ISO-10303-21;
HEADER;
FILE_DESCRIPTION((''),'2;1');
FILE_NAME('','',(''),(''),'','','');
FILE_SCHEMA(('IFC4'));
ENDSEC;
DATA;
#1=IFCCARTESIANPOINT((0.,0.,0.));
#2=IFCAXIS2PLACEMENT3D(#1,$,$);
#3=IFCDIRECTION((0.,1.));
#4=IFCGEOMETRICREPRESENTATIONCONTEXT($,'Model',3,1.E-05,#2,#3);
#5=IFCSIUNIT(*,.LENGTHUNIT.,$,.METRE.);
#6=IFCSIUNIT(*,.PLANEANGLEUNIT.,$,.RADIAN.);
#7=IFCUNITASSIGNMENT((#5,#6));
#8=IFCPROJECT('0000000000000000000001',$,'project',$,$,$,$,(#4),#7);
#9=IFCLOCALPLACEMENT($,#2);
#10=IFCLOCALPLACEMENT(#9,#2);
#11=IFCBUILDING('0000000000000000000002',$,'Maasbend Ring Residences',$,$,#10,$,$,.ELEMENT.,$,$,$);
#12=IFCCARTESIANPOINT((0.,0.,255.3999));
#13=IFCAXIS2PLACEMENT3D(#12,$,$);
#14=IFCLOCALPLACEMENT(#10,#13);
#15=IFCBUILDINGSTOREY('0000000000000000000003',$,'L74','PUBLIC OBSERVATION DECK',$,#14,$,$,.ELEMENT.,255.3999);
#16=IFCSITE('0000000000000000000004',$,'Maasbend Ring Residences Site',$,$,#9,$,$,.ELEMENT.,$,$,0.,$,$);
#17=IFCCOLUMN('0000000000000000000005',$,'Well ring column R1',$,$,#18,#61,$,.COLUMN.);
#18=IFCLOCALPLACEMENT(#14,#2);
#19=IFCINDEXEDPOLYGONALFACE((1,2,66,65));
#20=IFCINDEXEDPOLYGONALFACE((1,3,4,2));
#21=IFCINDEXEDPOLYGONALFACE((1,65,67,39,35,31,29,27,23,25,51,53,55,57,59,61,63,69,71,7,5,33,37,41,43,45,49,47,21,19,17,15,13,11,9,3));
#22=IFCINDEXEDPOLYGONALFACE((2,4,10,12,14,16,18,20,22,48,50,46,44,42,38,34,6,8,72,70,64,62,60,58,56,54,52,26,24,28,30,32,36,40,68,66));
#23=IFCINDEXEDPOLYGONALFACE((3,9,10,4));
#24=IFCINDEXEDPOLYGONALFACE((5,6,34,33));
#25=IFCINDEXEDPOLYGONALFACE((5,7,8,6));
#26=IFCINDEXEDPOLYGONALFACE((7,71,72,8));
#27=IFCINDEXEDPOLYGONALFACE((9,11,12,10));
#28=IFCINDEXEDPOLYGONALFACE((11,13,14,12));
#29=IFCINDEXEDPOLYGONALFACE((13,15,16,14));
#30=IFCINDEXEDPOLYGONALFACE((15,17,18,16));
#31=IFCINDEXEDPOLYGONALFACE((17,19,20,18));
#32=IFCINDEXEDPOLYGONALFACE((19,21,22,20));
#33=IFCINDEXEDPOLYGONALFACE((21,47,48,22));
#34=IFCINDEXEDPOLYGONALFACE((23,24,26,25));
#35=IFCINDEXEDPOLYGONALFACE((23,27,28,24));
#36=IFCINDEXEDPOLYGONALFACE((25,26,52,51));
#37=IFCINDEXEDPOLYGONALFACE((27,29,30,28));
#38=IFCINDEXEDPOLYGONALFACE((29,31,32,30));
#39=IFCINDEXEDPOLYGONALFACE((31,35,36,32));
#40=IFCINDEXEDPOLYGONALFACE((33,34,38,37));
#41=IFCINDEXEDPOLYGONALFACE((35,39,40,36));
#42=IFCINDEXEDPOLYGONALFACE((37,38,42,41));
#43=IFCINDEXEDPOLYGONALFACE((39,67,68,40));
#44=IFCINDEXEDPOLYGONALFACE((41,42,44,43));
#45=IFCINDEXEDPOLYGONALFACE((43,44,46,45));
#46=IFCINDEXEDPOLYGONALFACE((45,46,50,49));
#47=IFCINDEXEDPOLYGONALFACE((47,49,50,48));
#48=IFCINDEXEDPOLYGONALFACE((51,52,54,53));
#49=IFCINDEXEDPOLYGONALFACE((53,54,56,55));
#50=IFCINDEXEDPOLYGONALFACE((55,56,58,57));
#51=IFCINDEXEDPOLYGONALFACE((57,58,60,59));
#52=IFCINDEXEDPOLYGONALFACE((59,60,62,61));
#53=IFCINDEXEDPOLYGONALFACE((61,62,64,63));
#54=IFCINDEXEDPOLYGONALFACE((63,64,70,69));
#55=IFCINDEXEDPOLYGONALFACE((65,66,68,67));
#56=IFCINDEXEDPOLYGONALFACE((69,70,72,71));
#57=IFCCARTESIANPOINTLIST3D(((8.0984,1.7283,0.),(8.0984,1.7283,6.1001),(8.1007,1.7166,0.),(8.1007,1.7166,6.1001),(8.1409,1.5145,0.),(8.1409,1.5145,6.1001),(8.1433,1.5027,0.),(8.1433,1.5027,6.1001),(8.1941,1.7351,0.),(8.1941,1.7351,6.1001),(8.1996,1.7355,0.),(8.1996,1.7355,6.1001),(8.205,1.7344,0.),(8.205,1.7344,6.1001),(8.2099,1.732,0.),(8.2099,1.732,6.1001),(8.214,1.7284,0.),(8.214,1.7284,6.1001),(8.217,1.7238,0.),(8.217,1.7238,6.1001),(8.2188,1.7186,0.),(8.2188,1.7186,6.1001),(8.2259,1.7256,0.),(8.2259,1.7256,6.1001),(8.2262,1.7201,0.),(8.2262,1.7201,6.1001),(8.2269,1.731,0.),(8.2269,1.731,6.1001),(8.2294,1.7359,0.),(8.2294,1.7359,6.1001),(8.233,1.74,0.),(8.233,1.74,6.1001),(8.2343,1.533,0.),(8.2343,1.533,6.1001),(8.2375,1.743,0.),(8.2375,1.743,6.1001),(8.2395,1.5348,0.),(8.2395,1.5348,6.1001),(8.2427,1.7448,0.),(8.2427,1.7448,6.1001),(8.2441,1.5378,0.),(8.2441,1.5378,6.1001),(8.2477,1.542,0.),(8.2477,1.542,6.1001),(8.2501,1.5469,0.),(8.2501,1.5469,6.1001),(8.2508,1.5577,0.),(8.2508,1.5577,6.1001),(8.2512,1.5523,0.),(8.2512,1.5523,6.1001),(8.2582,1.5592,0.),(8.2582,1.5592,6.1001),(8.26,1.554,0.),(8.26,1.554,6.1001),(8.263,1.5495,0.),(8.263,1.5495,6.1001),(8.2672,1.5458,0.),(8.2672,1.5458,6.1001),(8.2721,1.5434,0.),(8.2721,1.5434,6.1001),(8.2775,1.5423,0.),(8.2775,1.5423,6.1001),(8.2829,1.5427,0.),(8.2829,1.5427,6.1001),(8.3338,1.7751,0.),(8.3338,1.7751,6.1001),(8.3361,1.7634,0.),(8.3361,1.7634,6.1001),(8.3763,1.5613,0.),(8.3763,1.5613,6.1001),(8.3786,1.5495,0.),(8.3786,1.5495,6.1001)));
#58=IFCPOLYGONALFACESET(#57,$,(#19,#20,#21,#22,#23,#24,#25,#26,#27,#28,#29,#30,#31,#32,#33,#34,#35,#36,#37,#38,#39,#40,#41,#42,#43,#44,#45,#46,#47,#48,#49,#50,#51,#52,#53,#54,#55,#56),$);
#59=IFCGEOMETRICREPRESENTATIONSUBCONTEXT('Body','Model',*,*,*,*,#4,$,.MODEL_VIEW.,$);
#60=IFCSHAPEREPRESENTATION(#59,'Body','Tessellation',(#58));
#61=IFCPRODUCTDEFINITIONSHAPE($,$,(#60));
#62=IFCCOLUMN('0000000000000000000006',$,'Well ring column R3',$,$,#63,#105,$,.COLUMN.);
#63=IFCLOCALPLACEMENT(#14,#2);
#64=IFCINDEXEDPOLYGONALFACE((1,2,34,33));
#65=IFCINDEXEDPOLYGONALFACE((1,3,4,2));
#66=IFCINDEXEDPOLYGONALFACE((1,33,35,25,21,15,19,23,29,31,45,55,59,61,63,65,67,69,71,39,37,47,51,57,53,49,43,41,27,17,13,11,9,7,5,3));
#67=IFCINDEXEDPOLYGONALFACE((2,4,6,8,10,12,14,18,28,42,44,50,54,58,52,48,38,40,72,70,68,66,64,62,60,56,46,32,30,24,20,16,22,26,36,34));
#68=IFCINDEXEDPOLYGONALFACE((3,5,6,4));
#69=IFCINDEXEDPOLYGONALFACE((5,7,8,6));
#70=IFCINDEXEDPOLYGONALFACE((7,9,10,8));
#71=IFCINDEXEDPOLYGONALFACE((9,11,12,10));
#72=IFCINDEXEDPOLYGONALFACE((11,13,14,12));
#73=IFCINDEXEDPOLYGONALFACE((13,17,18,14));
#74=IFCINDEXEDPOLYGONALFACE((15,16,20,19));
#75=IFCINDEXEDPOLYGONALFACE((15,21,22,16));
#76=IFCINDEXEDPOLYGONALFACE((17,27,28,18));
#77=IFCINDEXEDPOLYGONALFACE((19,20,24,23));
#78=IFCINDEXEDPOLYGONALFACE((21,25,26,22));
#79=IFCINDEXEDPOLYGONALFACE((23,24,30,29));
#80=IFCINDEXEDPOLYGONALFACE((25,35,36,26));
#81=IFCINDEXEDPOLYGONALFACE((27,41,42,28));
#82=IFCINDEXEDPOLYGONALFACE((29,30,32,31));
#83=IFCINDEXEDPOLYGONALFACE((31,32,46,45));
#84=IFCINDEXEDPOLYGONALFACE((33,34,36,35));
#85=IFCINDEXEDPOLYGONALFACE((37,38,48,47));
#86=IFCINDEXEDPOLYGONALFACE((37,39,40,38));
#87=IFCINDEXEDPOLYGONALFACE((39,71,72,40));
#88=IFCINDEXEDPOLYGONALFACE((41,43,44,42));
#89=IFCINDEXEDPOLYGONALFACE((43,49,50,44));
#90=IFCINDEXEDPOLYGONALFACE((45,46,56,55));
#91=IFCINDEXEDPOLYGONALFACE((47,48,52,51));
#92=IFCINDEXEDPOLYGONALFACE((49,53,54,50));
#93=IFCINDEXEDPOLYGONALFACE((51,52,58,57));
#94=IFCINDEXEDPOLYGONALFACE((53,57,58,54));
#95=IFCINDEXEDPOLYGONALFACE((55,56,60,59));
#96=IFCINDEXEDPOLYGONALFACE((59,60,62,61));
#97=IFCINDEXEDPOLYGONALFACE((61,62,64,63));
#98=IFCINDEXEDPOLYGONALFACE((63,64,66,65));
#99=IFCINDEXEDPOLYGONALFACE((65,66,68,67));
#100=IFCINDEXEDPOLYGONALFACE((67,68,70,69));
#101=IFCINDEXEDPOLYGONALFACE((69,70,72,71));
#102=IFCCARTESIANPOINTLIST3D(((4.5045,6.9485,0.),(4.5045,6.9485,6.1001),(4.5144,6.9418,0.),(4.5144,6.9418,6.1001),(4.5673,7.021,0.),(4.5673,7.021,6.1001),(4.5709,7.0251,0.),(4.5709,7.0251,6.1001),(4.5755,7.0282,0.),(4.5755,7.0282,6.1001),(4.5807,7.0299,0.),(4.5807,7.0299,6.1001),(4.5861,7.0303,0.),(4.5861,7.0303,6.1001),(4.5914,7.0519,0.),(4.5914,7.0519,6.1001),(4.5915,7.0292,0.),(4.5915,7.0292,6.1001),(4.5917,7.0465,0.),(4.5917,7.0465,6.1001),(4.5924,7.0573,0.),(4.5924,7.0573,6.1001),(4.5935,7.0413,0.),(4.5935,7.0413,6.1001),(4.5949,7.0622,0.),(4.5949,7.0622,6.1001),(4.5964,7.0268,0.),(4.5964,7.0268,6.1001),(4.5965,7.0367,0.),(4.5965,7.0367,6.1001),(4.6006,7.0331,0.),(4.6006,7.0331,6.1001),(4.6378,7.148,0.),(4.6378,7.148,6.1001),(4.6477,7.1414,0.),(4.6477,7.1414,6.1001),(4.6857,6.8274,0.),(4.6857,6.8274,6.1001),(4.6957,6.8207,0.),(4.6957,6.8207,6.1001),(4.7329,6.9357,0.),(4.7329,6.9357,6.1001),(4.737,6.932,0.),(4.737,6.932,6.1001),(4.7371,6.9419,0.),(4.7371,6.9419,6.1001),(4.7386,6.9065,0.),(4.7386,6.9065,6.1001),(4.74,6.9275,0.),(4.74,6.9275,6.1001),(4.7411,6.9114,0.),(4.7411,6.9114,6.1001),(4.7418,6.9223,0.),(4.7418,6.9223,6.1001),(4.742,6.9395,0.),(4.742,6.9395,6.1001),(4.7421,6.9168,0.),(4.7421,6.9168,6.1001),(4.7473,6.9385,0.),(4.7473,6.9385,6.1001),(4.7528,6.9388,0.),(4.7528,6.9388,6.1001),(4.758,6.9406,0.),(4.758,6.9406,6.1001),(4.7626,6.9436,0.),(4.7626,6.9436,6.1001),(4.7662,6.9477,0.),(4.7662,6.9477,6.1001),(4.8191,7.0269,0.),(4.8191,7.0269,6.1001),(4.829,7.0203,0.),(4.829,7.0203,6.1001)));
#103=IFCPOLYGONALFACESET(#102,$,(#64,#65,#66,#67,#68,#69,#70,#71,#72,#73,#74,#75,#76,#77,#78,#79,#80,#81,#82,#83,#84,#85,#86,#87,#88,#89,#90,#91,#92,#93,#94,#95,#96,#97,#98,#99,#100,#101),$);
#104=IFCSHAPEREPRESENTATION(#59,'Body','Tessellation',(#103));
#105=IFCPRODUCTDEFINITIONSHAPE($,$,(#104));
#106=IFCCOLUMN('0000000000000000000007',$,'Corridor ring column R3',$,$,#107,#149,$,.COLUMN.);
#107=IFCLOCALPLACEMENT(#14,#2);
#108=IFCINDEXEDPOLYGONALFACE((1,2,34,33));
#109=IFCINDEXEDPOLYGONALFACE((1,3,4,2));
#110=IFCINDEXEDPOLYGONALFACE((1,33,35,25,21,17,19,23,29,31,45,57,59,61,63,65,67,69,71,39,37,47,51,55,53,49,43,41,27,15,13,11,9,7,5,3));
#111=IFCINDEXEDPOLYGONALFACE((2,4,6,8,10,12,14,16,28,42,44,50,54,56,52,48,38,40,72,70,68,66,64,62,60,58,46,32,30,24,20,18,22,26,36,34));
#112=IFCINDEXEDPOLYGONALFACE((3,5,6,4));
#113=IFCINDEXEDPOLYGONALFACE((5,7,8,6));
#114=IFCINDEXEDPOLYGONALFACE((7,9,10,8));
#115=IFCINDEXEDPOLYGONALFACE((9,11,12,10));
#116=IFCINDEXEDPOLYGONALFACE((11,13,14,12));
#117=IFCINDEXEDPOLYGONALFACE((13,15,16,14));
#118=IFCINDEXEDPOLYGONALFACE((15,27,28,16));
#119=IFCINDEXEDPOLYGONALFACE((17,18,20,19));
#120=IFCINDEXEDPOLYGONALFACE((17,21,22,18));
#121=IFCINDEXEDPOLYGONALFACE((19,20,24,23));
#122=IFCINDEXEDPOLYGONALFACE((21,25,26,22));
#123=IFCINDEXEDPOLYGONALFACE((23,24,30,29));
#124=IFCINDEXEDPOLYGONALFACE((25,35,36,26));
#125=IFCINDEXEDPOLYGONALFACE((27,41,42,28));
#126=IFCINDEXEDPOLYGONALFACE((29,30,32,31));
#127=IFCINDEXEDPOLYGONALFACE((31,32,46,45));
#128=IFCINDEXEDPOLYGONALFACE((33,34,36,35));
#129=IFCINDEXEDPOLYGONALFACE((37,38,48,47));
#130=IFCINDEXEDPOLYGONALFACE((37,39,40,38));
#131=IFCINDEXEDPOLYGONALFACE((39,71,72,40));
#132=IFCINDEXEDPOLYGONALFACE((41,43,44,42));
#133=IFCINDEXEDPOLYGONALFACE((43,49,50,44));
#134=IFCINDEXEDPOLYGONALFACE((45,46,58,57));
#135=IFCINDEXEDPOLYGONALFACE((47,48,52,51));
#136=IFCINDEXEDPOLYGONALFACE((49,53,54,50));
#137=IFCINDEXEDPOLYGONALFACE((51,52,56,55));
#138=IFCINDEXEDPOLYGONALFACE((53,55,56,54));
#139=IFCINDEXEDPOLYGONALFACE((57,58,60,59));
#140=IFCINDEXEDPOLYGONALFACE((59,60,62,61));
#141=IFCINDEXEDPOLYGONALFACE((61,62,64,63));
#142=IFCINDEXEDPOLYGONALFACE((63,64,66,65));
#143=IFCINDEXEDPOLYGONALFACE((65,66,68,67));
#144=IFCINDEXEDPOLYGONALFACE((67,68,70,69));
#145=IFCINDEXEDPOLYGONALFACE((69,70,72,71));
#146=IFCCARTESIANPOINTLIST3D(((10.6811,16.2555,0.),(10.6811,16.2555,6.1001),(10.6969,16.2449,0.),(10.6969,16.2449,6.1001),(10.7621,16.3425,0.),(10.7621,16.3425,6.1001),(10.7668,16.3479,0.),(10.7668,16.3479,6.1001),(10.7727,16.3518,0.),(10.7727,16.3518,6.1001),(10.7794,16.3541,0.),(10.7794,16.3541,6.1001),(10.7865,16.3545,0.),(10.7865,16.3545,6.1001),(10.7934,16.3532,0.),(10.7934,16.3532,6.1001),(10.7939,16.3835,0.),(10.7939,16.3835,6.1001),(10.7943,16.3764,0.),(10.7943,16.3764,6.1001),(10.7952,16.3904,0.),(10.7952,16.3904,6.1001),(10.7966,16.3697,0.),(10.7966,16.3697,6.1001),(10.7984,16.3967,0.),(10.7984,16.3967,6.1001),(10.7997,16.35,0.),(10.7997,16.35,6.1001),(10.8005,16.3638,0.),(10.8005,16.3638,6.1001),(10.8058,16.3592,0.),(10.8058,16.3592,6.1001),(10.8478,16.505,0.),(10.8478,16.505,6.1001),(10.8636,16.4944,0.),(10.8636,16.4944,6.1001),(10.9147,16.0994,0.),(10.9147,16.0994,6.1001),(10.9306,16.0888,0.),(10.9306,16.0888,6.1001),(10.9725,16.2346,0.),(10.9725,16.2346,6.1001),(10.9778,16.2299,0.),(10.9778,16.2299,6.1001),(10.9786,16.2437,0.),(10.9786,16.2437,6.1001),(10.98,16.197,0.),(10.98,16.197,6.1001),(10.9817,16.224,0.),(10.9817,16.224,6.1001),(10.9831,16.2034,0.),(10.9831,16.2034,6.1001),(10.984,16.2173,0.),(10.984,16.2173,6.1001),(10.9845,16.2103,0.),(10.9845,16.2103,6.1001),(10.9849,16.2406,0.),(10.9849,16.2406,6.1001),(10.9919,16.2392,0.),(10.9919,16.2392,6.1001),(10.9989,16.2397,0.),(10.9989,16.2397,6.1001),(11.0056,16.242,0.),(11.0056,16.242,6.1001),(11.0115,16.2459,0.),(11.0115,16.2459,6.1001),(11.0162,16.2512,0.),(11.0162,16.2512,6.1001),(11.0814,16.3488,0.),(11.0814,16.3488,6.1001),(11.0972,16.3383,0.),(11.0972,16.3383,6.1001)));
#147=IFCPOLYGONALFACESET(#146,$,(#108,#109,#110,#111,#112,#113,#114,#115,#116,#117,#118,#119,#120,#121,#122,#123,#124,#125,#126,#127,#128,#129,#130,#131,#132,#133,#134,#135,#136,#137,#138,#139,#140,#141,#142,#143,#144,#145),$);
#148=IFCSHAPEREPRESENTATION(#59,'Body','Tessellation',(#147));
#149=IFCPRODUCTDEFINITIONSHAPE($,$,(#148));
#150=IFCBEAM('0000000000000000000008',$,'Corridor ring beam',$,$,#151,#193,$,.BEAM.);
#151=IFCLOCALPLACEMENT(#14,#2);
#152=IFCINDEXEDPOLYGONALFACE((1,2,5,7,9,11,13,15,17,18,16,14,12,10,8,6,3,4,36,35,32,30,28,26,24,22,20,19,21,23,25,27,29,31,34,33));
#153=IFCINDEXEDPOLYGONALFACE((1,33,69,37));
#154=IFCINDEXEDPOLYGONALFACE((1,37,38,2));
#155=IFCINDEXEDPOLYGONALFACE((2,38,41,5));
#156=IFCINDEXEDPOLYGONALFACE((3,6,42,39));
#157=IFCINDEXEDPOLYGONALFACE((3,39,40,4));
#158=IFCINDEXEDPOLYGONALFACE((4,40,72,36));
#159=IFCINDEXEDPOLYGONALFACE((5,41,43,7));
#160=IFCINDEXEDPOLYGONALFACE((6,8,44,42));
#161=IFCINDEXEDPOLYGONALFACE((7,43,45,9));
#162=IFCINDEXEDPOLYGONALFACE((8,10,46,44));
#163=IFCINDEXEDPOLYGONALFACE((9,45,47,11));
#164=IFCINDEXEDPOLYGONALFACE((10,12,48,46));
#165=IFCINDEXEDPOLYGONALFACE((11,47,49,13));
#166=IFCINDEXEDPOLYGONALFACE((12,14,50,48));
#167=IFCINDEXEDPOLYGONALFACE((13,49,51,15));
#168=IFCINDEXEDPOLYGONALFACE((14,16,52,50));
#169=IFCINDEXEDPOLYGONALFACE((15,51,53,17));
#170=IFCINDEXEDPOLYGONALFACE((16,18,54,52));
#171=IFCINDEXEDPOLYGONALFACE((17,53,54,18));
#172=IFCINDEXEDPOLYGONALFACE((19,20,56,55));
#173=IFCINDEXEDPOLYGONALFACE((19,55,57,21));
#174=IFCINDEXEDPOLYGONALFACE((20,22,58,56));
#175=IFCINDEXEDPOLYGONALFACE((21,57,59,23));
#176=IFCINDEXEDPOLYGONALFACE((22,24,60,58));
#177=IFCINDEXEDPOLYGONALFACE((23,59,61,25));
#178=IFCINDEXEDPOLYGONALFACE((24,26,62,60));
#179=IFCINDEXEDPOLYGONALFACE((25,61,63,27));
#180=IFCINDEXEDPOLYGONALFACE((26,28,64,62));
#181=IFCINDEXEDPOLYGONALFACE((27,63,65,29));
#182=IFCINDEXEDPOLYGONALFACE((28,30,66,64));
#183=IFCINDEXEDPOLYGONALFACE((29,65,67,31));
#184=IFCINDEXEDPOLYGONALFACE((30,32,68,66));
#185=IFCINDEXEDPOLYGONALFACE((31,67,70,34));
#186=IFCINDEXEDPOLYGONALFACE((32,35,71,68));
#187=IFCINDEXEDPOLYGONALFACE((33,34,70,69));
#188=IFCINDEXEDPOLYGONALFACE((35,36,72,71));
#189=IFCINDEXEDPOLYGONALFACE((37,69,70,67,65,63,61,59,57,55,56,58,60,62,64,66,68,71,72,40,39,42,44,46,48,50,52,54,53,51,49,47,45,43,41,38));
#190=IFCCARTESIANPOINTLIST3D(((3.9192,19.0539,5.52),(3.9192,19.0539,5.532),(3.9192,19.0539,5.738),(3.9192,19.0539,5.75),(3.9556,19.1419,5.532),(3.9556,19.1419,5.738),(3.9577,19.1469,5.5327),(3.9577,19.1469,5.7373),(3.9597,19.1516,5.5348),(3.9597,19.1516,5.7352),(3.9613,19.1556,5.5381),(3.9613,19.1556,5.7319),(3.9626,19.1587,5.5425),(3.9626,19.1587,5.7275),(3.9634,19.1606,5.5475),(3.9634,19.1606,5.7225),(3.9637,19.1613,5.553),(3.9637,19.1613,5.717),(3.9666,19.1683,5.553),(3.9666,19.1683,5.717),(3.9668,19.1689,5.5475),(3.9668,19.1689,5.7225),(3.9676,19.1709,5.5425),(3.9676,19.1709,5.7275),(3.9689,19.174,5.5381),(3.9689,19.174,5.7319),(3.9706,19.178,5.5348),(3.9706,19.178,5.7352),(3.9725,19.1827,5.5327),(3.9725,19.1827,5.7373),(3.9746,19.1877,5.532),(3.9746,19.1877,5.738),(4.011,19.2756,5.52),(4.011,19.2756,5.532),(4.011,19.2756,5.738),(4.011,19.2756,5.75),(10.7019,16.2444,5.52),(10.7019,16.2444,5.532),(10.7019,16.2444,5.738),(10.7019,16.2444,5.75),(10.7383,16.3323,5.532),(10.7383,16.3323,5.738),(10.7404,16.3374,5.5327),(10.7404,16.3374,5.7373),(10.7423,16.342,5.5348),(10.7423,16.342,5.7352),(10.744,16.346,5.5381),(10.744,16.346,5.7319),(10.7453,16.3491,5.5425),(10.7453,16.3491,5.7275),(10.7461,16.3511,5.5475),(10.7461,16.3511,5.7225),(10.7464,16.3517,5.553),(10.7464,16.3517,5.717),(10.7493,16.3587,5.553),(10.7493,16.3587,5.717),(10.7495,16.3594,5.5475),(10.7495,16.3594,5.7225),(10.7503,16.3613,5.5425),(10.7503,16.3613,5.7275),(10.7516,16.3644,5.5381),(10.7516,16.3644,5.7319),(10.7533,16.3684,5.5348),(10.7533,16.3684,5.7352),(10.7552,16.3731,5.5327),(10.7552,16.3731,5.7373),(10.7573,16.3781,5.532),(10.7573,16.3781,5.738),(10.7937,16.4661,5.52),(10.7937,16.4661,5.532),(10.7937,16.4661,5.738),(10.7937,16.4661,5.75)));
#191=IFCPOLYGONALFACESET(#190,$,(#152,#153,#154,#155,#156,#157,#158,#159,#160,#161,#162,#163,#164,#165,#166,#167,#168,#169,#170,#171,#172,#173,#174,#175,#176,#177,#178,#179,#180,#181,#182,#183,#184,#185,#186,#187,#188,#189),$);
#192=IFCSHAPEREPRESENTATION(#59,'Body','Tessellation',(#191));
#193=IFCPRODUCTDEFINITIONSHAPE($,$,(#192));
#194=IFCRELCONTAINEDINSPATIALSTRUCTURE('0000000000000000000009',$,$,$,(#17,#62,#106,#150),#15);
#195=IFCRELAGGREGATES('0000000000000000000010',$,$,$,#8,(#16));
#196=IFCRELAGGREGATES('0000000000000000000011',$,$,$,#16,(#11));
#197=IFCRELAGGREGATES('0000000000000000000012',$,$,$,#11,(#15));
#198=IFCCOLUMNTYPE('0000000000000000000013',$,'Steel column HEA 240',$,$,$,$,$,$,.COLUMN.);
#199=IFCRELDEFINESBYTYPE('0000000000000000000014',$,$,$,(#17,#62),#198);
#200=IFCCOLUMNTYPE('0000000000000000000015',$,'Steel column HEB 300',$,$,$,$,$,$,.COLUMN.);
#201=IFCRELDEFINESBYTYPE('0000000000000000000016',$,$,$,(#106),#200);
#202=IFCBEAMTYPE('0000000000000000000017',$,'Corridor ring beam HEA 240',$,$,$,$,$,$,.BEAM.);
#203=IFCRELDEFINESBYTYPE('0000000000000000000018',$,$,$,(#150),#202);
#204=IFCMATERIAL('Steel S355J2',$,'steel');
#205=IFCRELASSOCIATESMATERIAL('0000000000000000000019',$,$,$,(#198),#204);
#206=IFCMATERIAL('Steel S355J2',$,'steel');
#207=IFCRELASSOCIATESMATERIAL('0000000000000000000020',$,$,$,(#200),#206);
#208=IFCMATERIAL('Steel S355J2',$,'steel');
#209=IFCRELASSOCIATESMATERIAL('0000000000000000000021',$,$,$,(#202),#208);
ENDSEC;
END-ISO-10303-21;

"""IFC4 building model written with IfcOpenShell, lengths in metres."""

from ifc_helpers import new_model, si_unit, direction, frame, origin, origin_2d, place, context, subcontext, project, spatial, i_section, extrude, material, material_profile, profile_set, type_object, element, save


model = new_model("IFC4")

# Units and contexts
model_context = context("Model", 3, precision=1e-05, world=origin(), true_north=direction((0.0, 1.0)))
body_context = subcontext(model_context, "Body", "Model", "MODEL_VIEW")
ifc_project = project(units=[si_unit("LENGTHUNIT", "METRE"), si_unit("PLANEANGLEUNIT", "RADIAN")], contexts=[model_context])

# Site, building, storey
site_placement = place(None, origin())
site = spatial("IfcSite", under=ifc_project, at=site_placement, Name="Maasbend Ring Residences Site", CompositionType="ELEMENT", RefElevation=0.0)
building_placement = place(site_placement, origin())
building = spatial("IfcBuilding", under=site, at=building_placement, Name="Maasbend Ring Residences", CompositionType="ELEMENT")
storey_placement = place(building_placement, frame((0.0, 0.0, 255.3999)))
storey = spatial("IfcBuildingStorey", under=building, at=storey_placement, Name="L74", Description="PUBLIC OBSERVATION DECK", CompositionType="ELEMENT", Elevation=255.3999)

# Columns
ifc_material_1 = material(Name="Steel S355J2", Category="steel")
ifc_material_profile_1 = material_profile(ifc_material_1, i_section(OverallWidth=0.24, OverallDepth=0.23, WebThickness=0.0076, FlangeThickness=0.012, FilletRadius=0.021, at=origin_2d()), Name="HEA 240")
ifc_profile_set_1 = profile_set([ifc_material_profile_1], Name="Steel S355J2")
column_type_1 = type_object("IfcColumnType", Name="Steel column HEA 240", PredefinedType="COLUMN", material=ifc_profile_set_1)
for number, where, z_axis, x_axis, name in (
    (1, (8.2385, 1.6389, 0.0), (0.0, 0.0, 1.0), (0.980785, 0.19509, 0.0), "Well ring column R1"),
    (2, (4.6667, 6.9844, 0.0), (0.0, 0.0, 1.0), (0.55557, 0.83147, 0.0), "Well ring column R3"),
):
    element("IfcColumn", number, at=place(storey_placement, frame(where, z_axis=z_axis, x_axis=x_axis)), inside=storey, type_object=column_type_1, Name=name, PredefinedType="COLUMN", context=body_context, shape_type="SweptSolid", body=[
        extrude(i_section(OverallWidth=0.24, OverallDepth=0.23, WebThickness=0.0076, FlangeThickness=0.012, FilletRadius=0.021, at=origin_2d()), origin(), (0.0, 0.0, 1.0), 6.1001),
    ])
ifc_material_2 = material(Name="Steel S355J2", Category="steel")
ifc_material_profile_2 = material_profile(ifc_material_2, i_section(OverallWidth=0.3, OverallDepth=0.3, WebThickness=0.011, FlangeThickness=0.019, FilletRadius=0.0271, at=origin_2d()), Name="HEB 300")
ifc_profile_set_2 = profile_set([ifc_material_profile_2], Name="Steel S355J2")
column_type_2 = type_object("IfcColumnType", Name="Steel column HEB 300", PredefinedType="COLUMN", material=ifc_profile_set_2)
column_placement = place(storey_placement, frame((10.8892, 16.2969, 0.0), z_axis=(0.0, 0.0, 1.0), x_axis=(0.55557, 0.83147, 0.0)))
element("IfcColumn", 3, at=column_placement, inside=storey, type_object=column_type_2, Name="Corridor ring column R3", PredefinedType="COLUMN", context=body_context, shape_type="SweptSolid", body=[
    extrude(i_section(OverallWidth=0.3, OverallDepth=0.3, WebThickness=0.011, FlangeThickness=0.019, FilletRadius=0.0271, at=origin_2d()), origin(), (0.0, 0.0, 1.0), 6.1001),
])

# Beam
ifc_material_3 = material(Name="Steel S355J2", Category="steel")
ifc_material_profile_3 = material_profile(ifc_material_3, i_section(OverallWidth=0.24, OverallDepth=0.23, WebThickness=0.0076, FlangeThickness=0.012, FilletRadius=0.021, at=origin_2d()), Name="HEA 240")
ifc_profile_set_3 = profile_set([ifc_material_profile_3], Name="Steel S355J2")
beam_type_1 = type_object("IfcBeamType", Name="Corridor ring beam HEA 240", PredefinedType="BEAM", material=ifc_profile_set_3)
beam_placement = place(storey_placement, frame((10.7478, 16.3552, 5.635), z_axis=(-0.923876, 0.382692, 0.0), x_axis=(-0.382692, -0.923876, 0.0)))
element("IfcBeam", 4, at=beam_placement, inside=storey, type_object=beam_type_1, Name="Corridor ring beam", PredefinedType="BEAM", context=body_context, shape_type="SweptSolid", body=[
    extrude(i_section(OverallWidth=0.24, OverallDepth=0.23, WebThickness=0.0076, FlangeThickness=0.012, FilletRadius=0.021, at=origin_2d()), origin(), (0.0, 0.0, 1.0), 7.3416),
])

save(model, "model.ifc")
